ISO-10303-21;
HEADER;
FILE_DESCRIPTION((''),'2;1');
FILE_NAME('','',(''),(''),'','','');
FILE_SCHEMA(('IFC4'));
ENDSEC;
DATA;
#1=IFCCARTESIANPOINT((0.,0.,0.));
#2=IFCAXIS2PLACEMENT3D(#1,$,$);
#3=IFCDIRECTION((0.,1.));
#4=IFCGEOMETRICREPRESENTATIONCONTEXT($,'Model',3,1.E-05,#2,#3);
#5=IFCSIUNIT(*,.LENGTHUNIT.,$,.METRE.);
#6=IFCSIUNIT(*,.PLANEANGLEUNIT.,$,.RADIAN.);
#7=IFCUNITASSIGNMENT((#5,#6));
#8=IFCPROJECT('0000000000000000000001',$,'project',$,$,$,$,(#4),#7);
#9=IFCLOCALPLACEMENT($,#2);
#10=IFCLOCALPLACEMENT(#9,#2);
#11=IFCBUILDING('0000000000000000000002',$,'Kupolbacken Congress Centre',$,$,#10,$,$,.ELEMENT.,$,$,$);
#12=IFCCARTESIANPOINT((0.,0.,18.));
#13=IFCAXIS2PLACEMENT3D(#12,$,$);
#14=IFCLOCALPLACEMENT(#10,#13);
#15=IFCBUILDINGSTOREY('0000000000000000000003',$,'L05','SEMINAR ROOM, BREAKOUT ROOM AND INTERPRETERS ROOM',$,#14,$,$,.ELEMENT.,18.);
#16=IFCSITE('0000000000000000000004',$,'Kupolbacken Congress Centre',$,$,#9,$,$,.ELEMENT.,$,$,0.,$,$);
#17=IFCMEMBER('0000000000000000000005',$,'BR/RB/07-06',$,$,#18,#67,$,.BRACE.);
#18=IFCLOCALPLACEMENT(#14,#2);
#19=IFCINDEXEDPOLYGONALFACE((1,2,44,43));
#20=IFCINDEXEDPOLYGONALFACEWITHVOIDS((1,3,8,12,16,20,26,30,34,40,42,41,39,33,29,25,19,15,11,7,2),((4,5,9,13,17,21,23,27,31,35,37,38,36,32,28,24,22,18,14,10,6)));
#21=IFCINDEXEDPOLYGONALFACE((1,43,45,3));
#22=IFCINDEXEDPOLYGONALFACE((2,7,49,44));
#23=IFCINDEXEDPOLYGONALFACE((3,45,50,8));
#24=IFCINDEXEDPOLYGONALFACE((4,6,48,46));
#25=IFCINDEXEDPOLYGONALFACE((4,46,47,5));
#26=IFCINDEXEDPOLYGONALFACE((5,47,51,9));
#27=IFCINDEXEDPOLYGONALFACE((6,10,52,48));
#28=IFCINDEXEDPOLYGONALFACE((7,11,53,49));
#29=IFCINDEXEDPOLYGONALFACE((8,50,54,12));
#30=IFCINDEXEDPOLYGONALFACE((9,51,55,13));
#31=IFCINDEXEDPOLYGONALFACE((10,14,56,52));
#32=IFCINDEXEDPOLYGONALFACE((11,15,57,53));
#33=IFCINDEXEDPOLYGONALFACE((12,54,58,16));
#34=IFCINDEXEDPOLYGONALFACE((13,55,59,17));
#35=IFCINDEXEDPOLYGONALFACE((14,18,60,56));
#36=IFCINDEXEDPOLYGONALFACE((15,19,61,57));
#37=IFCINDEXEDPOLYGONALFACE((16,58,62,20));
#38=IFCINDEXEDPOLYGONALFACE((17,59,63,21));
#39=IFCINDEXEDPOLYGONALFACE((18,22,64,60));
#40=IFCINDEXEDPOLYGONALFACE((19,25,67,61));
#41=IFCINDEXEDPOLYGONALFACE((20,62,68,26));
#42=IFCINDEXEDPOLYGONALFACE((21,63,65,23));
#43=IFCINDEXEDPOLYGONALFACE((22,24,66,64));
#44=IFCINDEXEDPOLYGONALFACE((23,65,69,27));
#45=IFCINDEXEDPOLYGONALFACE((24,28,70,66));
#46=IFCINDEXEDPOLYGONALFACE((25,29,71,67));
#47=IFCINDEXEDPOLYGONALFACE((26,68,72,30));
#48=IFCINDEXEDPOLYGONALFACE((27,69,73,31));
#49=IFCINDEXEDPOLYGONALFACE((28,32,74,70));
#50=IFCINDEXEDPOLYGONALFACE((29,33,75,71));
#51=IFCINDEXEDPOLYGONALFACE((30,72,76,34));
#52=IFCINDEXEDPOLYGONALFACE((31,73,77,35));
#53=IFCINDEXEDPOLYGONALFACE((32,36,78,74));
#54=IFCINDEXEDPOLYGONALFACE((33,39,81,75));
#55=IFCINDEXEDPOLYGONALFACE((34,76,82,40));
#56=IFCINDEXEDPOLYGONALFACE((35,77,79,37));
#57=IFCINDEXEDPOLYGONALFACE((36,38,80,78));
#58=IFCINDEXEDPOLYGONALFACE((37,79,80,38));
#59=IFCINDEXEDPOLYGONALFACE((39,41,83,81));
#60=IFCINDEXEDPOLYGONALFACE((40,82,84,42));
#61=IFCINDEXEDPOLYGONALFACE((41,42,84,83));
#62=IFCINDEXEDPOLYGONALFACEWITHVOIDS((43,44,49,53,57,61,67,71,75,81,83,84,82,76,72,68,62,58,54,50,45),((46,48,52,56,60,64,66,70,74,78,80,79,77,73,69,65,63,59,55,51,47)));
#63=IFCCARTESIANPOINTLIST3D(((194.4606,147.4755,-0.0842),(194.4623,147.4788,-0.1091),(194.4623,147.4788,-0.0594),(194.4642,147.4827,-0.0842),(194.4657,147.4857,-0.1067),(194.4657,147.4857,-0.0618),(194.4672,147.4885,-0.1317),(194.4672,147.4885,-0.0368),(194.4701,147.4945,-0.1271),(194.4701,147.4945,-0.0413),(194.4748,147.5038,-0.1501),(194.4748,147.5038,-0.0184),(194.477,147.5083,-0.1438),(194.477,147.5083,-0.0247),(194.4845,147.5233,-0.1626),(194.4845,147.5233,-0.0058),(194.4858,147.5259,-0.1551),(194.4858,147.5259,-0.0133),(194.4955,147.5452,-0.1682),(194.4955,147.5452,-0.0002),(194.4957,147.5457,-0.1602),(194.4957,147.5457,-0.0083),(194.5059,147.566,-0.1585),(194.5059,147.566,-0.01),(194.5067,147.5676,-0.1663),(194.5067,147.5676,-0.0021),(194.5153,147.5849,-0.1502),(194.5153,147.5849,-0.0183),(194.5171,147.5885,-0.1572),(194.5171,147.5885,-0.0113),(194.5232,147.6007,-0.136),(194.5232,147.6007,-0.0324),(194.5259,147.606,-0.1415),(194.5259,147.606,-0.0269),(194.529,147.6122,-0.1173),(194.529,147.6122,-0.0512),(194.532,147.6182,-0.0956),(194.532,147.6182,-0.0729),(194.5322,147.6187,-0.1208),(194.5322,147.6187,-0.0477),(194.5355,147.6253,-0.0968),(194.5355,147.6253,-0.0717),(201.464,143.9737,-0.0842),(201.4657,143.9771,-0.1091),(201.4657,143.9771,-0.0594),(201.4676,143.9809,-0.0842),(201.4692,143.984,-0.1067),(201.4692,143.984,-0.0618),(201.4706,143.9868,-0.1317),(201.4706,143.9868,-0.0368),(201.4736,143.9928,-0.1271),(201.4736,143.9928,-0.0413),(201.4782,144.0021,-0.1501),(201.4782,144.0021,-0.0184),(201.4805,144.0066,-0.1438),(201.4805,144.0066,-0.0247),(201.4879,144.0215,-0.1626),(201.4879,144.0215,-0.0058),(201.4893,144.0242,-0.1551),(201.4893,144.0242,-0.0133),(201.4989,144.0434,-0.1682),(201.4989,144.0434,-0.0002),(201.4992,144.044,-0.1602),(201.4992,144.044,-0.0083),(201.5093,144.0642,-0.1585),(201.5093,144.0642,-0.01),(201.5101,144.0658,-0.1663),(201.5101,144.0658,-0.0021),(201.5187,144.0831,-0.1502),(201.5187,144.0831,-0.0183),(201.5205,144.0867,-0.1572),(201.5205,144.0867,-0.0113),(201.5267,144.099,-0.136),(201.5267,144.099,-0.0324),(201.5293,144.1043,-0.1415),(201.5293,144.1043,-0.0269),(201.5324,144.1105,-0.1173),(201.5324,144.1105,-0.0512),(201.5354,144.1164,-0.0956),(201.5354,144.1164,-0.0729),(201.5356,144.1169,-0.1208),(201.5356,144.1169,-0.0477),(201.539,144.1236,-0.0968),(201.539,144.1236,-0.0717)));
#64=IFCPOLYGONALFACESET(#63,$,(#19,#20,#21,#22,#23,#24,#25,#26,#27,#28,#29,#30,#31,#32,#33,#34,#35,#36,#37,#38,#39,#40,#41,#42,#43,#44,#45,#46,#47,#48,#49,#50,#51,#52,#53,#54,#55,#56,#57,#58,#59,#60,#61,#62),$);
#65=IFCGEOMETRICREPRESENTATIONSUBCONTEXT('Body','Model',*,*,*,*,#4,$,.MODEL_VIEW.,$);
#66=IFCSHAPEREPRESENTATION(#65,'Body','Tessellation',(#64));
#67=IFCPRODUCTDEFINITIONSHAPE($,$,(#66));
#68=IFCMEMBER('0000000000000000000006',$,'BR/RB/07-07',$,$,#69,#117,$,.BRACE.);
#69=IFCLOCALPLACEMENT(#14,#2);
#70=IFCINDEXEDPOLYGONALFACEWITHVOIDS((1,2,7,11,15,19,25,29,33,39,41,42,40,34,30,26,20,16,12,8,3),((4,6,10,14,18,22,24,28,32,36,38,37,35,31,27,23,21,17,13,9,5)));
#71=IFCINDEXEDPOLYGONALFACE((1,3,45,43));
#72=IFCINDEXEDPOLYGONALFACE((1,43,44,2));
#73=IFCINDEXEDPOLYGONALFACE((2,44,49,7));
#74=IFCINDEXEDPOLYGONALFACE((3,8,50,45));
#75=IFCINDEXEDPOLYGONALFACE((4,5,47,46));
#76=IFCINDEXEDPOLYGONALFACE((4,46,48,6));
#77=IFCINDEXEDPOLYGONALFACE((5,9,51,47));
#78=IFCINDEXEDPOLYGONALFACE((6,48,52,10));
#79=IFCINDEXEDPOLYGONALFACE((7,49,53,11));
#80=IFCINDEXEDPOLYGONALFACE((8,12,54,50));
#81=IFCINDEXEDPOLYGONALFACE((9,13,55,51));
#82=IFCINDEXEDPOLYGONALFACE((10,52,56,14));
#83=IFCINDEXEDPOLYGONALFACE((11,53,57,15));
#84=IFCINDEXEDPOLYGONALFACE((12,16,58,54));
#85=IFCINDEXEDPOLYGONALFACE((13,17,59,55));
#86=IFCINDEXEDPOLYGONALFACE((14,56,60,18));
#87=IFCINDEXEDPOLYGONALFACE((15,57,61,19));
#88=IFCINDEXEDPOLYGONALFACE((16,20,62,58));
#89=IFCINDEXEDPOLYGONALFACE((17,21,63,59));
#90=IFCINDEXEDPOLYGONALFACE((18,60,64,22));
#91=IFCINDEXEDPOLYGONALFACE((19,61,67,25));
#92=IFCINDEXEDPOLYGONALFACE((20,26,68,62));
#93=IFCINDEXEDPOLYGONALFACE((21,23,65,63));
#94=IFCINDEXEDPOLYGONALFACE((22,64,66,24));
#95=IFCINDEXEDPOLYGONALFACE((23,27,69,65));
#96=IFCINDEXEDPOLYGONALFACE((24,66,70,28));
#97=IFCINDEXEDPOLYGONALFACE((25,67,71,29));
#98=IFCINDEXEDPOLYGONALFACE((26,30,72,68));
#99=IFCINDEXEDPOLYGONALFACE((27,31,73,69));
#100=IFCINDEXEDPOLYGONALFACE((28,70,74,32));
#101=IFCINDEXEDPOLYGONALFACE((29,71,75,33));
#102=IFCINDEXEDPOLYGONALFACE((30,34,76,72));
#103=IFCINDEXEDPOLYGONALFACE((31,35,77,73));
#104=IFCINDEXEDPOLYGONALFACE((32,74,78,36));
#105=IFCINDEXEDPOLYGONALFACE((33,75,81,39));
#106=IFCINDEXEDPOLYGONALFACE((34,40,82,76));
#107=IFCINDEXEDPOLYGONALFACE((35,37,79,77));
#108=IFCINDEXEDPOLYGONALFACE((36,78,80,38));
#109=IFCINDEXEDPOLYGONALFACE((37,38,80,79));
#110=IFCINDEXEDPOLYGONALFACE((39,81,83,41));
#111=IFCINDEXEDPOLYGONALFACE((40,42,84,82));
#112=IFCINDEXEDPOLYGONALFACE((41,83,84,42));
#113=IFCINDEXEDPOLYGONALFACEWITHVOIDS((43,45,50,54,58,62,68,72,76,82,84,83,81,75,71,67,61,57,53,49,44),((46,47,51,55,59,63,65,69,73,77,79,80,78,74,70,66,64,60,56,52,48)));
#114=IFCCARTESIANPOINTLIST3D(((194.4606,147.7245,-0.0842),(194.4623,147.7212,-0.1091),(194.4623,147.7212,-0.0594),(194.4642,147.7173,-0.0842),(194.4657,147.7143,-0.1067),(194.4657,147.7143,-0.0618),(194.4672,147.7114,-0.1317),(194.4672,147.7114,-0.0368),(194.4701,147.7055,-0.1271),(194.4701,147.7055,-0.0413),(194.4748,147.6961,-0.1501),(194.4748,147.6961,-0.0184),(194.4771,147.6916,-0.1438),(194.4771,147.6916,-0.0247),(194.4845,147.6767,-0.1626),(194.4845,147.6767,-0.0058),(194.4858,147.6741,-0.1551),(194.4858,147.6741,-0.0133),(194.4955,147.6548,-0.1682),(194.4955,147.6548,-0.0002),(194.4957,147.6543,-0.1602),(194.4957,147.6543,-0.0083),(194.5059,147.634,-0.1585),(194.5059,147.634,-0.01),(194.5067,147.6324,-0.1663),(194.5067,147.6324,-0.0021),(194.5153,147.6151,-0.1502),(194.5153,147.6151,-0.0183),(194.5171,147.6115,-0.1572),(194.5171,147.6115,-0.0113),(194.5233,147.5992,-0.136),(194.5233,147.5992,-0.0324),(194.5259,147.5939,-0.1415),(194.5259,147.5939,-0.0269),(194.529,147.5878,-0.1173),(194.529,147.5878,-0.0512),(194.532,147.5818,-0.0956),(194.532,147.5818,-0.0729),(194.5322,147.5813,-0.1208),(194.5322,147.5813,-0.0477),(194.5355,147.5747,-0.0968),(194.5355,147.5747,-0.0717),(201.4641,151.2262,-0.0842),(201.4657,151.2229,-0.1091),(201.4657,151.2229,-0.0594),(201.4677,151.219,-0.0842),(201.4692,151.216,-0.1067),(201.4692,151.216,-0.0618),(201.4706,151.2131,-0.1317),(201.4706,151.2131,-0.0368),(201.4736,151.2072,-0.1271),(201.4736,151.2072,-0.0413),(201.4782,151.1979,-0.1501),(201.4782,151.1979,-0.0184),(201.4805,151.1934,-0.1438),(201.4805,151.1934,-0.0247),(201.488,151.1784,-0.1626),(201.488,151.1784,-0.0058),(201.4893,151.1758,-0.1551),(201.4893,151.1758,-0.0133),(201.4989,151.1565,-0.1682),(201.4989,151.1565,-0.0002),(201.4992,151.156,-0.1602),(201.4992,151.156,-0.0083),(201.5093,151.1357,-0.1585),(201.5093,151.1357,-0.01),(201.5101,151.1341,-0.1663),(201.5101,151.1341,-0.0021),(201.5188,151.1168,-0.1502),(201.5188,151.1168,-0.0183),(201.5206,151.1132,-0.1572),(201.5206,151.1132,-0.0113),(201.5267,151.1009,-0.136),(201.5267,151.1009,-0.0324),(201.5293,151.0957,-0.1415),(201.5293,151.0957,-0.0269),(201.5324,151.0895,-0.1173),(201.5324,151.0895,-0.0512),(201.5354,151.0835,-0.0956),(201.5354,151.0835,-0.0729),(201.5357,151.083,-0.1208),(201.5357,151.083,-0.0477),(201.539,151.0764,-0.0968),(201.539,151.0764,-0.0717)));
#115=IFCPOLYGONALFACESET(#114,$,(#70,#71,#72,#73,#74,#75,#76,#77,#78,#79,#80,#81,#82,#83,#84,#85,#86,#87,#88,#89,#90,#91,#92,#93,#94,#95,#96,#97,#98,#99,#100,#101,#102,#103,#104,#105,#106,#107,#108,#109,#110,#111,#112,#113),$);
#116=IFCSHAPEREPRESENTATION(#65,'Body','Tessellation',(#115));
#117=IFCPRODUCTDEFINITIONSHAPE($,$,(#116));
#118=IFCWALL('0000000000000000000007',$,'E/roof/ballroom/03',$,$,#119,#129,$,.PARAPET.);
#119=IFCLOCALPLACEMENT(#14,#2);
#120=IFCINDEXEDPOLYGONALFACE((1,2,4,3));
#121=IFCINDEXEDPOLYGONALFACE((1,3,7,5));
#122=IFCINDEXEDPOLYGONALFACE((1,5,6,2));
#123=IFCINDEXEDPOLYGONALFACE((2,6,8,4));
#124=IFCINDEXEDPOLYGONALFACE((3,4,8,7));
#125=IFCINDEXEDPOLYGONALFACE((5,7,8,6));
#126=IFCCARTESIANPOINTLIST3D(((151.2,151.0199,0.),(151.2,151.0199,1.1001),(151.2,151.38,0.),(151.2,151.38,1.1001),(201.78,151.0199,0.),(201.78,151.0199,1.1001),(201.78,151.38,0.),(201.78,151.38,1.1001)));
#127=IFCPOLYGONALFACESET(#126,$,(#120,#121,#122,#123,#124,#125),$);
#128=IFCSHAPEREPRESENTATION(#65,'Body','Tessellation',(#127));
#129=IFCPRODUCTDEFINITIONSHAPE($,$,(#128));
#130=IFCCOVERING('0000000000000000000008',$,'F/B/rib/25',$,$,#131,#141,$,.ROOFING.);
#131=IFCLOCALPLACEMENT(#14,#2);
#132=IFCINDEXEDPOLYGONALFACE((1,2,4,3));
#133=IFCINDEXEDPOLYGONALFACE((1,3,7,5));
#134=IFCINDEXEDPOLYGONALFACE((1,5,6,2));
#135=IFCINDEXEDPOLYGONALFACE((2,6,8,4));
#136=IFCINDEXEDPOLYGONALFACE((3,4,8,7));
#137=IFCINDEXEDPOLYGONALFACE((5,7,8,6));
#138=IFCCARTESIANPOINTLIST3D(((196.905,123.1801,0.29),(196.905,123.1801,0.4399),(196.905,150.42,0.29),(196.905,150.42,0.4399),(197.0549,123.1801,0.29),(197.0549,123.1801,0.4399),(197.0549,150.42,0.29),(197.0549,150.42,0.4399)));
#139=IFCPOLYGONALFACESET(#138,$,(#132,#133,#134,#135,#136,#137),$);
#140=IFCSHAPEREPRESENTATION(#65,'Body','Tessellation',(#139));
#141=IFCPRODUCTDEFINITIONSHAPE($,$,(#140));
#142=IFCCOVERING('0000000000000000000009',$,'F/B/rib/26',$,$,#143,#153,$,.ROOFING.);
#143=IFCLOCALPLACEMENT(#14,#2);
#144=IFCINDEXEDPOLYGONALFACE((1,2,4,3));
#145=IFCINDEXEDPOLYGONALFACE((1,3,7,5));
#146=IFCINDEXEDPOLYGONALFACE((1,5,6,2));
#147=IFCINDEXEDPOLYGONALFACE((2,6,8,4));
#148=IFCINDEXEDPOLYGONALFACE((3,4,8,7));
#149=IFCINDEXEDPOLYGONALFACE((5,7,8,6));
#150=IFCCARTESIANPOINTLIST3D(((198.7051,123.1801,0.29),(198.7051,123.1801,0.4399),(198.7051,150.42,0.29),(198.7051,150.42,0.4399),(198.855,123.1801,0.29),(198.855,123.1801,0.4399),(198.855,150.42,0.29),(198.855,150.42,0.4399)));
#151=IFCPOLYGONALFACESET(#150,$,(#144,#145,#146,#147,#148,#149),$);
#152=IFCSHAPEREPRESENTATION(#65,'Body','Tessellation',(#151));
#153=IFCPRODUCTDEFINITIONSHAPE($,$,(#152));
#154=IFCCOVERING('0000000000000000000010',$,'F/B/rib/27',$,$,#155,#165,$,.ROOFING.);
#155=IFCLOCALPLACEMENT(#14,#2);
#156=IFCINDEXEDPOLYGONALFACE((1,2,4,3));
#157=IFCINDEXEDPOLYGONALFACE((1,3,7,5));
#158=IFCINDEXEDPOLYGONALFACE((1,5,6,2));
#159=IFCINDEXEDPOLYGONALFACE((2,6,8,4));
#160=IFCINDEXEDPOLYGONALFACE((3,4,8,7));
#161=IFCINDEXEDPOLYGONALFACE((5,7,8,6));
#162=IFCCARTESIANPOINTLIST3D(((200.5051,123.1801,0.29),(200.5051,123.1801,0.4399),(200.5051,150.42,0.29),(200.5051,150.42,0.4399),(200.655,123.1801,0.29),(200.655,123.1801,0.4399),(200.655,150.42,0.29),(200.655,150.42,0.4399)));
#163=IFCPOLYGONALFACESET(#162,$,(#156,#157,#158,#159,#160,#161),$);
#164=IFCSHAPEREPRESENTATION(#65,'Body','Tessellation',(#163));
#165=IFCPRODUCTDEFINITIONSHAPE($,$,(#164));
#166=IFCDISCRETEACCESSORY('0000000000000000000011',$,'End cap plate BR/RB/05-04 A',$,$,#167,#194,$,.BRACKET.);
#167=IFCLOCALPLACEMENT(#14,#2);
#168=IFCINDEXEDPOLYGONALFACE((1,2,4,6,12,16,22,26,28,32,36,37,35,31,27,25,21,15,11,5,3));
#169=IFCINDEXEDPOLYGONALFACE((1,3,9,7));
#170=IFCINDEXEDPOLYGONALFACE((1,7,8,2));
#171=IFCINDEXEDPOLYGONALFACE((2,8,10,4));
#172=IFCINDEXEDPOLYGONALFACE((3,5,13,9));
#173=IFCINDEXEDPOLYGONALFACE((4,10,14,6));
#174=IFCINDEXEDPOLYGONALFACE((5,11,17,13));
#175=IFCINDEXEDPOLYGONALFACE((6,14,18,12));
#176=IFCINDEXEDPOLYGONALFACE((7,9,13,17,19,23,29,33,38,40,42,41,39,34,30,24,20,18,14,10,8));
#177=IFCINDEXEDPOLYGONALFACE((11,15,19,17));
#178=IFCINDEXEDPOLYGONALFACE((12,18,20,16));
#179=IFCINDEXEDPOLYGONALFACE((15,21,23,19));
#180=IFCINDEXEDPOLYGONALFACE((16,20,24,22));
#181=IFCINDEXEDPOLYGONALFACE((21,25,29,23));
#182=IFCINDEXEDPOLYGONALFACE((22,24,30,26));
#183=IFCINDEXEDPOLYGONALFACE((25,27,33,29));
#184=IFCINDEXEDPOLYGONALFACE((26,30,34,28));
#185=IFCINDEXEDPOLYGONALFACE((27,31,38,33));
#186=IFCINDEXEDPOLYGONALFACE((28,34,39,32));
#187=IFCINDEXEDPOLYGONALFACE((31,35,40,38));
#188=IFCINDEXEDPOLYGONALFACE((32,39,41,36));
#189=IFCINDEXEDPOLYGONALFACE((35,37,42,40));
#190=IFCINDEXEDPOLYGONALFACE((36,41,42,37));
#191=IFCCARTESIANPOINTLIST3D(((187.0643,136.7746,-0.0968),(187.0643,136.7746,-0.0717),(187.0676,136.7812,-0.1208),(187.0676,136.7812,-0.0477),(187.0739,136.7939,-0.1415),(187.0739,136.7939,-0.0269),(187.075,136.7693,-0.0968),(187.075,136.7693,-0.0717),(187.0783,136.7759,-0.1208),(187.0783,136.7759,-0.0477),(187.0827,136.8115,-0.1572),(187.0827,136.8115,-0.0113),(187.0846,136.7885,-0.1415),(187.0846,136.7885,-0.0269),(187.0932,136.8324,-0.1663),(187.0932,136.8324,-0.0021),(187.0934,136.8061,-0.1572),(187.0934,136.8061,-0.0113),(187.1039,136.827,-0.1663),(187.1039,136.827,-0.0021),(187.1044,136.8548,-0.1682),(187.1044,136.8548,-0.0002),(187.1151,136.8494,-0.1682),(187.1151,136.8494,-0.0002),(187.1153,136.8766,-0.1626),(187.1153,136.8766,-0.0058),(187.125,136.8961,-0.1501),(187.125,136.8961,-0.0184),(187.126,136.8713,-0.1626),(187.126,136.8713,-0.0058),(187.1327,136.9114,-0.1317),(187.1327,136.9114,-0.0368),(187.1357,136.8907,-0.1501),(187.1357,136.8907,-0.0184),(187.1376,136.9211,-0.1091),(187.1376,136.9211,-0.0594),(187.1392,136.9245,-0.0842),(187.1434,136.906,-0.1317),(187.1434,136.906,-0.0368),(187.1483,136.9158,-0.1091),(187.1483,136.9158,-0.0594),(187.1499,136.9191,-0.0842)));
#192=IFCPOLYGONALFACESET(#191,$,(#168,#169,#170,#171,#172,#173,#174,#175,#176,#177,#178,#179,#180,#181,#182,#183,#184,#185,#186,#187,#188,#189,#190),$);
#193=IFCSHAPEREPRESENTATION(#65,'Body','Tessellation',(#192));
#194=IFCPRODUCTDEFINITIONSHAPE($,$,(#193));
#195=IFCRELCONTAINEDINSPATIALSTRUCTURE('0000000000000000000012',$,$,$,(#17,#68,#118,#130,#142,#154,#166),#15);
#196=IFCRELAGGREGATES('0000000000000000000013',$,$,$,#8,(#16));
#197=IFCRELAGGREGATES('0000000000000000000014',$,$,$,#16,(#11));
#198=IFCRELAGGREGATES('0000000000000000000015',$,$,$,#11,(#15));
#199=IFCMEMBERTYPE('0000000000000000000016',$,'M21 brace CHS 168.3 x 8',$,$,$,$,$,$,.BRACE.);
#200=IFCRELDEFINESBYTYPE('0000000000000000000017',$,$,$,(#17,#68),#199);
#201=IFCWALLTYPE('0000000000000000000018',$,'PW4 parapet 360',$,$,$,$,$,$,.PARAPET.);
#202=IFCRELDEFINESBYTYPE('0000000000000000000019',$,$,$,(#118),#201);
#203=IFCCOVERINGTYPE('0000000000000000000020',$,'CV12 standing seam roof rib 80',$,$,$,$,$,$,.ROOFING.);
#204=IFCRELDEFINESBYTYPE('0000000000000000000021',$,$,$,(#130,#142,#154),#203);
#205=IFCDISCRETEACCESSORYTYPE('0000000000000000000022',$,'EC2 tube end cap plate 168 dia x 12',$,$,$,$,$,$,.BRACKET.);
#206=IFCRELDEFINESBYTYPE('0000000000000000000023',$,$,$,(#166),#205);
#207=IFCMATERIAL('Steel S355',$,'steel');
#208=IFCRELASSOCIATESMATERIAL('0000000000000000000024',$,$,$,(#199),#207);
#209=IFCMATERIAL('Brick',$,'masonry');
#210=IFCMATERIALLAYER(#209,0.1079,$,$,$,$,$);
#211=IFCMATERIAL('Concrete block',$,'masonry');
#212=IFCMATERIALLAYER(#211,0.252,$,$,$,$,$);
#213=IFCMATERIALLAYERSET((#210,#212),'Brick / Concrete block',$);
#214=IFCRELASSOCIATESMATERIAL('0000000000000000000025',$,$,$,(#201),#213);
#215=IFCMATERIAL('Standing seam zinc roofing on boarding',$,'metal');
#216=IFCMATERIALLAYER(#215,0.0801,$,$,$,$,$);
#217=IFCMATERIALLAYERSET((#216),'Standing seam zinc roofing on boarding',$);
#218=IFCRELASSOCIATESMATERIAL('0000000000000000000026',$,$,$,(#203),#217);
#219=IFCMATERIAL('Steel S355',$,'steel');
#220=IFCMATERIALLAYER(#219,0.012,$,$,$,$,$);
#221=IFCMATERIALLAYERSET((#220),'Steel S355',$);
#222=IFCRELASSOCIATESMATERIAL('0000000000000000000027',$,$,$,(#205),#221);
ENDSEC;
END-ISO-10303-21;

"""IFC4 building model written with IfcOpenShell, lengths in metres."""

from ifc_helpers import new_model, si_unit, direction, frame, frame_2d, origin, origin_2d, place, context, subcontext, project, spatial, rectangle, circle, hollow_circle, extrude, material, layer, layer_set, material_profile, profile_set, type_object, element, save


model = new_model("IFC4")

# Units and contexts
model_context = context("Model", 3, precision=1e-05, world=origin(), true_north=direction((0.0, 1.0)))
body_context = subcontext(model_context, "Body", "Model", "MODEL_VIEW")
ifc_project = project(units=[si_unit("LENGTHUNIT", "METRE"), si_unit("PLANEANGLEUNIT", "RADIAN")], contexts=[model_context])

# Site, building, storey
site_placement = place(None, origin())
site = spatial("IfcSite", under=ifc_project, at=site_placement, Name="Kupolbacken Congress Centre", CompositionType="ELEMENT", RefElevation=0.0)
building_placement = place(site_placement, origin())
building = spatial("IfcBuilding", under=site, at=building_placement, Name="Kupolbacken Congress Centre", CompositionType="ELEMENT")
storey_placement = place(building_placement, frame((0.0, 0.0, 18.0)))
storey = spatial("IfcBuildingStorey", under=building, at=storey_placement, Name="L05", Description="SEMINAR ROOM, BREAKOUT ROOM AND INTERPRETERS ROOM", CompositionType="ELEMENT", Elevation=18.0)

# Members
ifc_material_1 = material(Name="Steel S355", Category="steel")
ifc_material_profile_1 = material_profile(ifc_material_1, hollow_circle(Radius=0.0842, WallThickness=0.0081, at=origin_2d()), Name="CHS 168.3 x 8")
ifc_profile_set_1 = profile_set([ifc_material_profile_1], Name="Steel S355")
member_type_1 = type_object("IfcMemberType", Name="M21 brace CHS 168.3 x 8", PredefinedType="BRACE", material=ifc_profile_set_1)
for number, where, z_axis, x_axis, name in (
    (1, (201.5017, 144.0491, -0.0842), (-0.894427, 0.447214, 0.0), (-0.447214, -0.894427, 0.0), "BR/RB/07-06"),
    (2, (194.4983, 147.6492, -0.0842), (0.894427, 0.447214, 0.0), (-0.447214, 0.894427, 0.0), "BR/RB/07-07"),
):
    element("IfcMember", number, at=place(storey_placement, frame(where, z_axis=z_axis, x_axis=x_axis)), inside=storey, type_object=member_type_1, Name=name, PredefinedType="BRACE", context=body_context, shape_type="SweptSolid", body=[
        extrude(hollow_circle(Radius=0.0842, WallThickness=0.0081, at=origin_2d()), origin(), (0.0, 0.0, 1.0), 7.8301),
    ])

# Wall
ifc_material_2 = material(Name="Brick", Category="masonry")
ifc_layer_1 = layer(ifc_material_2, 0.1079)
ifc_material_3 = material(Name="Concrete block", Category="masonry")
ifc_layer_2 = layer(ifc_material_3, 0.252)
ifc_layer_set_1 = layer_set([ifc_layer_1, ifc_layer_2], Name="Brick / Concrete block")
wall_type = type_object("IfcWallType", Name="PW4 parapet 360", PredefinedType="PARAPET", material=ifc_layer_set_1)
wall_placement = place(storey_placement, frame((201.78, 151.2, 0.0), z_axis=(0.0, 0.0, 1.0), x_axis=(-1.0, 0.0, 0.0)))
element("IfcWall", 3, at=wall_placement, inside=storey, type_object=wall_type, Name="E/roof/ballroom/03", PredefinedType="PARAPET", context=body_context, shape_type="SweptSolid", body=[
    extrude(rectangle(XDim=50.5801, YDim=0.3601, at=frame_2d((25.29, 0.0))), origin(), (0.0, 0.0, 1.0), 1.1001),
])

# Coverings
ifc_material_4 = material(Name="Standing seam zinc roofing on boarding", Category="metal")
ifc_layer_3 = layer(ifc_material_4, 0.0801)
ifc_layer_set_2 = layer_set([ifc_layer_3], Name="Standing seam zinc roofing on boarding")
covering_type = type_object("IfcCoveringType", Name="CV12 standing seam roof rib 80", PredefinedType="ROOFING", material=ifc_layer_set_2)
for number, where, z_axis, x_axis, name in (
    (4, (196.98, 136.8, 0.29), (0.0, 0.0, 1.0), (0.0, 1.0, 0.0), "F/B/rib/25"),
    (5, (198.78, 136.8, 0.29), (0.0, 0.0, 1.0), (0.0, 1.0, 0.0), "F/B/rib/26"),
    (6, (200.5801, 136.8, 0.29), (0.0, 0.0, 1.0), (0.0, 1.0, 0.0), "F/B/rib/27"),
):
    element("IfcCovering", number, at=place(storey_placement, frame(where, z_axis=z_axis, x_axis=x_axis)), inside=storey, type_object=covering_type, Name=name, PredefinedType="ROOFING", context=body_context, shape_type="SweptSolid", body=[
        extrude(rectangle(XDim=27.24, YDim=0.1499, at=origin_2d()), origin(), (0.0, 0.0, 1.0), 0.1499),
    ])

# Discrete accessory
ifc_material_5 = material(Name="Steel S355", Category="steel")
ifc_layer_4 = layer(ifc_material_5, 0.012)
ifc_layer_set_3 = layer_set([ifc_layer_4], Name="Steel S355")
discrete_accessory_type = type_object("IfcDiscreteAccessoryType", Name="EC2 tube end cap plate 168 dia x 12", PredefinedType="BRACKET", material=ifc_layer_set_3)
discrete_accessory_1_placement = place(storey_placement, frame((187.1016, 136.8491, -0.0842), z_axis=(0.894427, -0.447214, 0.0), x_axis=(0.447214, 0.894427, 0.0)))
element("IfcDiscreteAccessory", 7, at=discrete_accessory_1_placement, inside=storey, type_object=discrete_accessory_type, Name="End cap plate BR/RB/05-04 A", PredefinedType="BRACKET", context=body_context, shape_type="SweptSolid", body=[
    extrude(circle(Radius=0.0842, at=origin_2d()), origin(), (0.0, 0.0, 1.0), 0.012),
])

save(model, "model.ifc")
